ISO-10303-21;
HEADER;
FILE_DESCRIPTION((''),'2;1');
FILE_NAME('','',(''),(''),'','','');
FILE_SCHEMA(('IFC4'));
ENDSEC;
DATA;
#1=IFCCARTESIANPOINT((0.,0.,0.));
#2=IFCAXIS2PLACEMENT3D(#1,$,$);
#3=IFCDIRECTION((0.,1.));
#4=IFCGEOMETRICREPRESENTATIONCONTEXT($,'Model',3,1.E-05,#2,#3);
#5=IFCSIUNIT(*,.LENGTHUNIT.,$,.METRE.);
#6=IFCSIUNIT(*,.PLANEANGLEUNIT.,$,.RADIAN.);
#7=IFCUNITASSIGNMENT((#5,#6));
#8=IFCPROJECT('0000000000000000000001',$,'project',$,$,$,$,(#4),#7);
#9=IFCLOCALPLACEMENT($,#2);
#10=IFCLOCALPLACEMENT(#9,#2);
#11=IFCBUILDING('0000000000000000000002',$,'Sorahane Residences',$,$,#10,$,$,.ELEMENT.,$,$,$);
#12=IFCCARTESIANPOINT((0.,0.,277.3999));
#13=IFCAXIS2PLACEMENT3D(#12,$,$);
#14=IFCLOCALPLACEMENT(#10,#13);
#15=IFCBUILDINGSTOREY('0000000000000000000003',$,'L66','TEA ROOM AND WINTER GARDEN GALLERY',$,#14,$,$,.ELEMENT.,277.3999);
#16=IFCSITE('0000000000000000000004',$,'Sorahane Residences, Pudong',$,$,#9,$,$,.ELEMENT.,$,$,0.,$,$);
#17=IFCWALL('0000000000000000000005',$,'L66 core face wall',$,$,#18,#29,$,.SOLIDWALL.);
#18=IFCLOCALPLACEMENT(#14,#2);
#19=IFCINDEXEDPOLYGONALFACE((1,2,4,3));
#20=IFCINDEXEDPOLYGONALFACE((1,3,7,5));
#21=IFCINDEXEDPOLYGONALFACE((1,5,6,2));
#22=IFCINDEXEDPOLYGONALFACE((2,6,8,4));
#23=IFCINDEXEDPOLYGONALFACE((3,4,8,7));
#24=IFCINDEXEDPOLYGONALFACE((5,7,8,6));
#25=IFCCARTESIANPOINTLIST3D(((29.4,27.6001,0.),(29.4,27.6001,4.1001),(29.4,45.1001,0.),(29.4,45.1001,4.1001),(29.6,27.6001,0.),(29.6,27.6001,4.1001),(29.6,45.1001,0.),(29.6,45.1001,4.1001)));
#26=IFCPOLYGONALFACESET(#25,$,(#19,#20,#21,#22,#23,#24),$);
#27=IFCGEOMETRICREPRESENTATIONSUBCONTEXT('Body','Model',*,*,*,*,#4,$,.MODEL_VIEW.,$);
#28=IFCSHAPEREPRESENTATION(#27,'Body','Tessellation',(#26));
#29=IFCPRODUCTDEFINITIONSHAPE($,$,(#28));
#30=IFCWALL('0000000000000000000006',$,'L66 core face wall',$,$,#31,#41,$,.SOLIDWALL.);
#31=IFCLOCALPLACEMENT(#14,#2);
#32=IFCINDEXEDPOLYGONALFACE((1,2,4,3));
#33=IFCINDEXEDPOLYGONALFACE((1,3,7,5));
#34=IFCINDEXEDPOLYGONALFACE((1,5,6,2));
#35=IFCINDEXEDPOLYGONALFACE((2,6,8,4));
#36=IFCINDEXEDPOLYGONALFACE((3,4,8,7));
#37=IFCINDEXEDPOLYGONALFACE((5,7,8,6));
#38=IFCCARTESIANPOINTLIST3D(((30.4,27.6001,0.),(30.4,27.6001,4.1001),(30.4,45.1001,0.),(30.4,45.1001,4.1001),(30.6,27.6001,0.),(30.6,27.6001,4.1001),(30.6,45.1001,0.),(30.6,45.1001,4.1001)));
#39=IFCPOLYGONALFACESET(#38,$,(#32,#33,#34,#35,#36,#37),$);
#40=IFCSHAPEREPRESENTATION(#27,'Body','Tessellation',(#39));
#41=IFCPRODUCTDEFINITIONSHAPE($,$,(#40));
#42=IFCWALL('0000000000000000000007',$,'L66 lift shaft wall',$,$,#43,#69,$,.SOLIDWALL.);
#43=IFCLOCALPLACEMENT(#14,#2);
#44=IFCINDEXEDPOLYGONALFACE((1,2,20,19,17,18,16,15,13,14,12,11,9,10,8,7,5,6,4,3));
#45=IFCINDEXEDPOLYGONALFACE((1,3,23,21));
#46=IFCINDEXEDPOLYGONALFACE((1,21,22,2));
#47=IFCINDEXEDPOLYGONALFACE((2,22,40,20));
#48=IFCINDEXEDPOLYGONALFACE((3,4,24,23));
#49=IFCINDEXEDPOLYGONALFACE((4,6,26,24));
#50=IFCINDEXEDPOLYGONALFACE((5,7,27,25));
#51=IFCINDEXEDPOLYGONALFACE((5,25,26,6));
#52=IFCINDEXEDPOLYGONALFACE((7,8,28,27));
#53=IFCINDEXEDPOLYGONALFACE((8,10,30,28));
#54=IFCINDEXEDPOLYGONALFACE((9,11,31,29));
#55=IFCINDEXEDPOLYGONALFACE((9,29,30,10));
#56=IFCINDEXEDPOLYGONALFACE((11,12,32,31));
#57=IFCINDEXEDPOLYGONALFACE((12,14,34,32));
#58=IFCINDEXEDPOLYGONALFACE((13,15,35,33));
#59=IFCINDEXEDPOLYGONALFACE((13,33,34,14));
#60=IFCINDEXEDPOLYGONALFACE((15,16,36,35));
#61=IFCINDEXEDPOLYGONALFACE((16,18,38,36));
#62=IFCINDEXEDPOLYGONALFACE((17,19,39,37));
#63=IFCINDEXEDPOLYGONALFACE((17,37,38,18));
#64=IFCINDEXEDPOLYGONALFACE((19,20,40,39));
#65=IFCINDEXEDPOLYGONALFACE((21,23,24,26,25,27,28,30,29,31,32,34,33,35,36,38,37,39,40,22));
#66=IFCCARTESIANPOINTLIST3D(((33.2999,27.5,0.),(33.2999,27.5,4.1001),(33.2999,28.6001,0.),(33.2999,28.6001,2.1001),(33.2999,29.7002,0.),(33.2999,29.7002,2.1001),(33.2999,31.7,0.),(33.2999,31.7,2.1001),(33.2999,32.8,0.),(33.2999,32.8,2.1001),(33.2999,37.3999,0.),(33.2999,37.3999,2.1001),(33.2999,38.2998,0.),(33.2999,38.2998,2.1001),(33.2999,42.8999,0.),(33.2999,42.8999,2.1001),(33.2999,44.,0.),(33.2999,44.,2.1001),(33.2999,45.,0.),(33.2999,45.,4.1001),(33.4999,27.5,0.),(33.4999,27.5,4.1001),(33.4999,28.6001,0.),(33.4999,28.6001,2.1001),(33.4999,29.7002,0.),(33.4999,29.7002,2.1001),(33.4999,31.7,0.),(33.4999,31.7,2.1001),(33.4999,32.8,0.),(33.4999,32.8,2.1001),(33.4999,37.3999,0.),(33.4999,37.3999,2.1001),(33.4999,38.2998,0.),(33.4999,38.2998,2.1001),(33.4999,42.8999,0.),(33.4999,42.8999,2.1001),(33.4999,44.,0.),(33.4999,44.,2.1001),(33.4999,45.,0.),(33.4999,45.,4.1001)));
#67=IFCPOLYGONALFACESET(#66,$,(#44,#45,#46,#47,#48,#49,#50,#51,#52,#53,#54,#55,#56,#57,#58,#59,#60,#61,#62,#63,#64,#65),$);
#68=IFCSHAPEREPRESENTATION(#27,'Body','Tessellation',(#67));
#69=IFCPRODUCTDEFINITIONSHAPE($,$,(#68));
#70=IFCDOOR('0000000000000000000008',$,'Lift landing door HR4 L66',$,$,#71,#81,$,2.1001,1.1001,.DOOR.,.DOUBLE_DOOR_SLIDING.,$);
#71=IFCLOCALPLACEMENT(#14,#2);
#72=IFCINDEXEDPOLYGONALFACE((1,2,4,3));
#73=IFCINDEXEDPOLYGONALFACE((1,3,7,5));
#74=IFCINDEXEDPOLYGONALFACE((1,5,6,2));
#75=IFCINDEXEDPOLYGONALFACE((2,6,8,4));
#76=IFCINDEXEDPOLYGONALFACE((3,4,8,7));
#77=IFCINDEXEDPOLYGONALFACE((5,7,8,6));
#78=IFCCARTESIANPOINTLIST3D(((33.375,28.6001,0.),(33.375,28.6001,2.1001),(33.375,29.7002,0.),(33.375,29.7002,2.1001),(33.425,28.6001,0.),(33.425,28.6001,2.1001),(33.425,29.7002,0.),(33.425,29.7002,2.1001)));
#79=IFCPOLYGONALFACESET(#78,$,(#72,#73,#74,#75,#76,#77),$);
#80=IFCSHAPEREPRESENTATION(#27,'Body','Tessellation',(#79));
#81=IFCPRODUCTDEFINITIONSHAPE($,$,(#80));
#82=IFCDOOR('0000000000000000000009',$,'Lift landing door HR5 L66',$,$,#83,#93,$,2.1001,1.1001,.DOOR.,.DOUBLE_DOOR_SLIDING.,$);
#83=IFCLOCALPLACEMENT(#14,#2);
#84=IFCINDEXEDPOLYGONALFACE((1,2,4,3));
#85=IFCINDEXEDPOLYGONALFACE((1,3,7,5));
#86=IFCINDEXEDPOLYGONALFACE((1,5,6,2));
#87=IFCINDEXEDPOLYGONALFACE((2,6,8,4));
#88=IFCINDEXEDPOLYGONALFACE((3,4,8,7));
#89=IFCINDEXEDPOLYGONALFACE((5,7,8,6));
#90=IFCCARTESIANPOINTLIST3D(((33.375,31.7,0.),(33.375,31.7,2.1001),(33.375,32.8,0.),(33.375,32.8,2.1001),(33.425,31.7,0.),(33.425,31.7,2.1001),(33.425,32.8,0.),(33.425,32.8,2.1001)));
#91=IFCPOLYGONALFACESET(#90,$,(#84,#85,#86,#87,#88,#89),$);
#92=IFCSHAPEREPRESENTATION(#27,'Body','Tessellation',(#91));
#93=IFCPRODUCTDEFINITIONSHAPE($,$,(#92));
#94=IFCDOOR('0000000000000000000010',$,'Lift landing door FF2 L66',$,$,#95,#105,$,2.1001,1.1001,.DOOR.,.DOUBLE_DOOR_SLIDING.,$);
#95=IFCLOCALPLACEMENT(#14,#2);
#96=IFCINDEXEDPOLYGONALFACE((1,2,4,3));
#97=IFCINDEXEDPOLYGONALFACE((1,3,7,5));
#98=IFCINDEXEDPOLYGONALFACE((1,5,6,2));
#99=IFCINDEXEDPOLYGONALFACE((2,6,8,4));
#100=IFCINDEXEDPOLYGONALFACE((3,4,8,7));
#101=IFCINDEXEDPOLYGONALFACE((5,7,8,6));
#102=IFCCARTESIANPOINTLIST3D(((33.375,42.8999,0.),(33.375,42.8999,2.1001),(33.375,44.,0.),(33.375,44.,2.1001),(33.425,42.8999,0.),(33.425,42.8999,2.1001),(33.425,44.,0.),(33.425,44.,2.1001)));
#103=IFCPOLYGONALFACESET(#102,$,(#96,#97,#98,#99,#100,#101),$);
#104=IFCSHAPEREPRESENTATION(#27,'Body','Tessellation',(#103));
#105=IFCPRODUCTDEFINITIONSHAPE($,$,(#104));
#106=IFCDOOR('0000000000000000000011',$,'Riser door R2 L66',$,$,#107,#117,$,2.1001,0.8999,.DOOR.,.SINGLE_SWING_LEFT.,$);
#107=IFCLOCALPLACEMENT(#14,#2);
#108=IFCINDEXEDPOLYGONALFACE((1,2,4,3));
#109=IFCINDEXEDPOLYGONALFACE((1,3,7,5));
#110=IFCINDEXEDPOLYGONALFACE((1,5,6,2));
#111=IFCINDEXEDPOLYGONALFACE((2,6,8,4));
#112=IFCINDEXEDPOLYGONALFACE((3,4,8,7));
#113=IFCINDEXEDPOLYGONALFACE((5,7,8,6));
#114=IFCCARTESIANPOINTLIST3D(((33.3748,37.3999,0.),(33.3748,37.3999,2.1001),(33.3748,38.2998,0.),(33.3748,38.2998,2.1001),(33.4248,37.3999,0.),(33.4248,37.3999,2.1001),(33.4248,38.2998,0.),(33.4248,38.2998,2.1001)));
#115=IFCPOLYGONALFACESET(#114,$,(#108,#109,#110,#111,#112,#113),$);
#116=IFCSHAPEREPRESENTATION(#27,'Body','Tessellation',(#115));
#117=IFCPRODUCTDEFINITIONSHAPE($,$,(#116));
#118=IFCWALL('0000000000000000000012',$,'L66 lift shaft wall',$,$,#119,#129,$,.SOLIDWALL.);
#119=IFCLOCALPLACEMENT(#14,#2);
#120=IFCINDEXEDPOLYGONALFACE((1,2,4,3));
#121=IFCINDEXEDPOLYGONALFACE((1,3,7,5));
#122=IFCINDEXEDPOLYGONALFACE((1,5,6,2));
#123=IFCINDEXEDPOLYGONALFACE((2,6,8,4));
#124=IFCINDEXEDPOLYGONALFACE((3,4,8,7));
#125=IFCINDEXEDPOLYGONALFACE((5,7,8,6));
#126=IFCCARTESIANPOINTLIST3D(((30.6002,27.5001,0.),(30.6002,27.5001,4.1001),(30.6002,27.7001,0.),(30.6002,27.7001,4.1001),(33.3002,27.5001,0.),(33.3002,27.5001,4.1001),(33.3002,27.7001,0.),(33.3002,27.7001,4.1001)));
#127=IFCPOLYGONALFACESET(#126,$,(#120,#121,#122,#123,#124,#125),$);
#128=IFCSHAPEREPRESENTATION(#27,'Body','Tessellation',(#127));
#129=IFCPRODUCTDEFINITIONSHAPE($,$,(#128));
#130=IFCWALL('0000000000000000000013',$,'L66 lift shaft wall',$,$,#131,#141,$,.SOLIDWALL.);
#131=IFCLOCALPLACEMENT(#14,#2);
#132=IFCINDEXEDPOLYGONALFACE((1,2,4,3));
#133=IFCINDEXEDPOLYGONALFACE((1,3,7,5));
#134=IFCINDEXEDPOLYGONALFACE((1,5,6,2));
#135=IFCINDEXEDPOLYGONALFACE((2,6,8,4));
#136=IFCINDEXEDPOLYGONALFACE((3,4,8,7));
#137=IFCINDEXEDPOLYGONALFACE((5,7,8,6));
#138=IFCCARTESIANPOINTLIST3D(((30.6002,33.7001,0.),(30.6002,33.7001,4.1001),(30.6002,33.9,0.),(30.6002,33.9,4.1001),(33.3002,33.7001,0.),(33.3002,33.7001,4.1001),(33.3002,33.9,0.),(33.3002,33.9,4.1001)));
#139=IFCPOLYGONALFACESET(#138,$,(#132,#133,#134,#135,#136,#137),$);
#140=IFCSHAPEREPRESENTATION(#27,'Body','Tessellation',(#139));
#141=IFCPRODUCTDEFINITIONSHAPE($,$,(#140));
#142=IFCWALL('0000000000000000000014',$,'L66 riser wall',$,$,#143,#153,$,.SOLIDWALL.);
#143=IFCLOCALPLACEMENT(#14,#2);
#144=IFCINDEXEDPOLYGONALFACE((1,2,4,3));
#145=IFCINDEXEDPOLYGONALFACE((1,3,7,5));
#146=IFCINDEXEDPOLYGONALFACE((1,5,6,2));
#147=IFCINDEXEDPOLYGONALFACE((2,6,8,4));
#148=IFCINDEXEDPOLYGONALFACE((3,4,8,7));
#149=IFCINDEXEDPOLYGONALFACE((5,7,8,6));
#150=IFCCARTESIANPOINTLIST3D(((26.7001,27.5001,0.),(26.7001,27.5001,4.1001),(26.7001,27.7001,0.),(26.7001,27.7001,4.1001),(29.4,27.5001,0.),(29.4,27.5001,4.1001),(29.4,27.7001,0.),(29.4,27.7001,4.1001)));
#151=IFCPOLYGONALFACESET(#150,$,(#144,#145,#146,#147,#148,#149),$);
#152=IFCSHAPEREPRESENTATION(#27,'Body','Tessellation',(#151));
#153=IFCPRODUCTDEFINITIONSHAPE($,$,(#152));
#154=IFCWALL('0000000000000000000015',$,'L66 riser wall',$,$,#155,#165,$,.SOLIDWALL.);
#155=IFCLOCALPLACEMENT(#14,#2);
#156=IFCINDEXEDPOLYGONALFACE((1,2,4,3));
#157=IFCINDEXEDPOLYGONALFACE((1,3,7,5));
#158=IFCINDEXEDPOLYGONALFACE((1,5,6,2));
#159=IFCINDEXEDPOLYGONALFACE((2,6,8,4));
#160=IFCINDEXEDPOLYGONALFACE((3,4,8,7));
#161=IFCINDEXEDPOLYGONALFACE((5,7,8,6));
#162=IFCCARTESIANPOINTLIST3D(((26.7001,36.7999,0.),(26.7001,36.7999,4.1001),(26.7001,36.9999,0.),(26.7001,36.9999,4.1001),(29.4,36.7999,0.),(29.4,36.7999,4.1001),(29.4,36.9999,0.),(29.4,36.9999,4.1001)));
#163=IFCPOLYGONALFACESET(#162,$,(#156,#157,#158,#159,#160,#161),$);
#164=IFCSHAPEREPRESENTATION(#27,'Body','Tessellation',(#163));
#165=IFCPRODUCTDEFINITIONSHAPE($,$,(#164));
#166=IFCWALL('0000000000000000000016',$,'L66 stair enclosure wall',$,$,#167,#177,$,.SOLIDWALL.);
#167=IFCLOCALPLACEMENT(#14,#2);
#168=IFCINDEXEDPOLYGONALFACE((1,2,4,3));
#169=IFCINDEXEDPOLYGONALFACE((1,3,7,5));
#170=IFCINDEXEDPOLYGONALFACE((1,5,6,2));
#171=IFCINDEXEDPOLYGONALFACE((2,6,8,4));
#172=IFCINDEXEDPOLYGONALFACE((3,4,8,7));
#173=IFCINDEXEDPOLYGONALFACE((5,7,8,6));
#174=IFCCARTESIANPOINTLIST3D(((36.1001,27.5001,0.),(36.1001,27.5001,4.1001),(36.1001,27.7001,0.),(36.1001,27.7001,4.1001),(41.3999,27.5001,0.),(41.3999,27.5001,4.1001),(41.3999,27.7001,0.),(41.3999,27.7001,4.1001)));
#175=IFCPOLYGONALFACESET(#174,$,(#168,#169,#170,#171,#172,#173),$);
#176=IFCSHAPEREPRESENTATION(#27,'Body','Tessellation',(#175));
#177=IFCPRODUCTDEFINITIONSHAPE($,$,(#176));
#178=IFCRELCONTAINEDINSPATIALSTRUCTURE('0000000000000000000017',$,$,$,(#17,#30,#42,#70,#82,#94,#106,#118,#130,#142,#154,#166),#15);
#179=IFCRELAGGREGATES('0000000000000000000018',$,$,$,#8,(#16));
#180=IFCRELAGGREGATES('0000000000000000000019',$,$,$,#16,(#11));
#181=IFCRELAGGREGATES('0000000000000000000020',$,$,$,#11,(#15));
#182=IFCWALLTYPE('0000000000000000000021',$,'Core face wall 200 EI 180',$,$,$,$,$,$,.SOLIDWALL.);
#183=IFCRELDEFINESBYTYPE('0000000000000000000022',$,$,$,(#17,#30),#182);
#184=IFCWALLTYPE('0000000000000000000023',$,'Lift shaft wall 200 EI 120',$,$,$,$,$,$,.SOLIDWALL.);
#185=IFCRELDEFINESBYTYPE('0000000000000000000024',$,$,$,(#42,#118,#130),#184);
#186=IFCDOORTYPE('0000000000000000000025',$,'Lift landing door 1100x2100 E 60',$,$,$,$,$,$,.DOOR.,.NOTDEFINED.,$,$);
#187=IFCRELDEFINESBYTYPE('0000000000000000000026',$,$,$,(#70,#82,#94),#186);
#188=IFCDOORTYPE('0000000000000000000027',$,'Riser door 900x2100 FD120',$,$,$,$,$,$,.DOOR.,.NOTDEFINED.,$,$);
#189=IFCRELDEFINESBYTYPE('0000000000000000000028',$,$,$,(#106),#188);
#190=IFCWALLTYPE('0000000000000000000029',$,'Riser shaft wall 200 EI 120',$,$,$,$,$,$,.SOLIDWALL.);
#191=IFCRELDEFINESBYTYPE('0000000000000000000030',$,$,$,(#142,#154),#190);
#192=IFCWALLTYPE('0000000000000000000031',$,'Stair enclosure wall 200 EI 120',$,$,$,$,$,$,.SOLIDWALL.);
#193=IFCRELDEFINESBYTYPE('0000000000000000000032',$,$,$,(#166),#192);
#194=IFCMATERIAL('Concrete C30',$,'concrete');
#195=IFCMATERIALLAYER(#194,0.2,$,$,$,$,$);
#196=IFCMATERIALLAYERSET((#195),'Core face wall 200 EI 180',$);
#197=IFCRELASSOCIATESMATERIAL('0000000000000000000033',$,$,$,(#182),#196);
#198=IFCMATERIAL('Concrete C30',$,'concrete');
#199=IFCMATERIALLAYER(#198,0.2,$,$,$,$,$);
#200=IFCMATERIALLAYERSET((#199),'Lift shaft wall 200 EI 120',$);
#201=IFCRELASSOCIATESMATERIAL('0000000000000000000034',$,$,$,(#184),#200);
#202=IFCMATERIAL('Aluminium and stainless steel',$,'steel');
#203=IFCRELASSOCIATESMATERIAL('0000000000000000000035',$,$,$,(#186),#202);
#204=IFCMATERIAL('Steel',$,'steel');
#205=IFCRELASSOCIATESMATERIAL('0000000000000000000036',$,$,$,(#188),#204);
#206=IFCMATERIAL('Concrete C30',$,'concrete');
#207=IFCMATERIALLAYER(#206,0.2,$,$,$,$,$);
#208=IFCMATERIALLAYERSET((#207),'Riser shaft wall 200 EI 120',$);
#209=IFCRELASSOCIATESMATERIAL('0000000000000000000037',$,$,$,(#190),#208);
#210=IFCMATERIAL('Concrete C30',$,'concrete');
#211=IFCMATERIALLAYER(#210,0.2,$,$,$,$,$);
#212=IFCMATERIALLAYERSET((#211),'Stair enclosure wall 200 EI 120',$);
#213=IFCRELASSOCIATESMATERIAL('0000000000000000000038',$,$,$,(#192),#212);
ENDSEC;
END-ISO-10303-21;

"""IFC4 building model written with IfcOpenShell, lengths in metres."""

from ifc_helpers import new_model, si_unit, direction, frame, frame_2d, origin, place, context, subcontext, project, spatial, rectangle, extrude, material, layer, layer_set, type_object, element, fill, save


model = new_model("IFC4")

# Units and contexts
model_context = context("Model", 3, precision=1e-05, world=origin(), true_north=direction((0.0, 1.0)))
body_context = subcontext(model_context, "Body", "Model", "MODEL_VIEW")
ifc_project = project(units=[si_unit("LENGTHUNIT", "METRE"), si_unit("PLANEANGLEUNIT", "RADIAN")], contexts=[model_context])

# Site, building, storey
site_placement = place(None, origin())
site = spatial("IfcSite", under=ifc_project, at=site_placement, Name="Sorahane Residences, Pudong", CompositionType="ELEMENT", RefElevation=0.0)
building_placement = place(site_placement, origin())
building = spatial("IfcBuilding", under=site, at=building_placement, Name="Sorahane Residences", CompositionType="ELEMENT")
storey_placement = place(building_placement, frame((0.0, 0.0, 277.3999)))
storey = spatial("IfcBuildingStorey", under=building, at=storey_placement, Name="L66", Description="TEA ROOM AND WINTER GARDEN GALLERY", CompositionType="ELEMENT", Elevation=277.3999)

# Walls
ifc_material_1 = material(Name="Concrete C30", Category="concrete")
ifc_layer_1 = layer(ifc_material_1, 0.2)
ifc_layer_set_1 = layer_set([ifc_layer_1], Name="Core face wall 200 EI 180")
wall_type_1 = type_object("IfcWallType", Name="Core face wall 200 EI 180", PredefinedType="SOLIDWALL", material=ifc_layer_set_1)
for number, where, z_axis, x_axis, name in (
    (1, (29.5, 27.6001, 0.0), (0.0, 0.0, 1.0), (0.0, 1.0, 0.0), "L66 core face wall"),
    (2, (30.5, 27.6001, 0.0), (0.0, 0.0, 1.0), (0.0, 1.0, 0.0), "L66 core face wall"),
):
    element("IfcWall", number, at=place(storey_placement, frame(where, z_axis=z_axis, x_axis=x_axis)), inside=storey, type_object=wall_type_1, Name=name, PredefinedType="SOLIDWALL", context=body_context, shape_type="SweptSolid", body=[
        extrude(rectangle(XDim=17.5, YDim=0.2, at=frame_2d((8.75, 0.0))), origin(), (0.0, 0.0, 1.0), 4.1001),
    ])

# Wall, openings, doors
ifc_material_2 = material(Name="Concrete C30", Category="concrete")
ifc_layer_2 = layer(ifc_material_2, 0.2)
ifc_layer_set_2 = layer_set([ifc_layer_2], Name="Lift shaft wall 200 EI 120")
wall_type_2 = type_object("IfcWallType", Name="Lift shaft wall 200 EI 120", PredefinedType="SOLIDWALL", material=ifc_layer_set_2)
wall_1_placement = place(storey_placement, frame((33.3999, 27.5, 0.0), z_axis=(0.0, 0.0, 1.0), x_axis=(0.0, 1.0, 0.0)))
wall_1 = element("IfcWall", 3, at=wall_1_placement, inside=storey, type_object=wall_type_2, Name="L66 lift shaft wall", PredefinedType="SOLIDWALL", context=body_context, shape_type="SweptSolid", body=[
    extrude(rectangle(XDim=17.5, YDim=0.2, at=frame_2d((8.75, 0.0))), origin(), (0.0, 0.0, 1.0), 4.1001),
])
opening_1_placement = place(wall_1_placement, frame((1.1001, 0.0, 0.0)))
opening_1 = element("IfcOpeningElement", 4, at=opening_1_placement, cuts=wall_1, PredefinedType="OPENING", context=body_context, shape_type="SweptSolid", body=[
    extrude(rectangle(XDim=1.1001, YDim=2.1001, at=frame_2d((0.55, 1.05))), frame((0.0, 0.1099, 0.0), z_axis=(0.0, -1.0, 0.0), x_axis=(1.0, 0.0, 0.0)), (0.0, 0.0, 1.0), 0.22),
])
opening_2_placement = place(wall_1_placement, frame((4.2, 0.0, 0.0)))
opening_2 = element("IfcOpeningElement", 5, at=opening_2_placement, cuts=wall_1, PredefinedType="OPENING", context=body_context, shape_type="SweptSolid", body=[
    extrude(rectangle(XDim=1.1001, YDim=2.1001, at=frame_2d((0.55, 1.05))), frame((0.0, 0.1099, 0.0), z_axis=(0.0, -1.0, 0.0), x_axis=(1.0, 0.0, 0.0)), (0.0, 0.0, 1.0), 0.22),
])
opening_3_placement = place(wall_1_placement, frame((15.3999, 0.0, 0.0)))
opening_3 = element("IfcOpeningElement", 6, at=opening_3_placement, cuts=wall_1, PredefinedType="OPENING", context=body_context, shape_type="SweptSolid", body=[
    extrude(rectangle(XDim=1.1001, YDim=2.1001, at=frame_2d((0.55, 1.05))), frame((0.0, 0.1099, 0.0), z_axis=(0.0, -1.0, 0.0), x_axis=(1.0, 0.0, 0.0)), (0.0, 0.0, 1.0), 0.22),
])
opening_4_placement = place(wall_1_placement, frame((9.8999, 0.0, 0.0)))
opening_4 = element("IfcOpeningElement", 7, at=opening_4_placement, cuts=wall_1, PredefinedType="OPENING", context=body_context, shape_type="SweptSolid", body=[
    extrude(rectangle(XDim=0.8999, YDim=2.1001, at=frame_2d((0.45, 1.05))), frame((0.0, 0.1099, 0.0), z_axis=(0.0, -1.0, 0.0), x_axis=(1.0, 0.0, 0.0)), (0.0, 0.0, 1.0), 0.22),
])
ifc_material_3 = material(Name="Aluminium and stainless steel", Category="steel")
door_type_1 = type_object("IfcDoorType", Name="Lift landing door 1100x2100 E 60", OperationType="NOTDEFINED", PredefinedType="DOOR", material=ifc_material_3)
door_1_placement = place(opening_1_placement, origin())
door_1 = element("IfcDoor", 8, at=door_1_placement, inside=storey, type_object=door_type_1, Name="Lift landing door HR4 L66", OperationType="DOUBLE_DOOR_SLIDING", OverallHeight=2.1001, OverallWidth=1.1001, PredefinedType="DOOR", context=body_context, shape_type="SweptSolid", body=[
    extrude(rectangle(XDim=1.1001, YDim=2.1001, at=frame_2d((0.55, 1.05))), frame((0.0, 0.0249, 0.0), z_axis=(0.0, -1.0, 0.0), x_axis=(1.0, 0.0, 0.0)), (0.0, 0.0, 1.0), 0.05),
])
fill(opening_1, door_1)
door_2_placement = place(opening_2_placement, origin())
door_2 = element("IfcDoor", 9, at=door_2_placement, inside=storey, type_object=door_type_1, Name="Lift landing door HR5 L66", OperationType="DOUBLE_DOOR_SLIDING", OverallHeight=2.1001, OverallWidth=1.1001, PredefinedType="DOOR", context=body_context, shape_type="SweptSolid", body=[
    extrude(rectangle(XDim=1.1001, YDim=2.1001, at=frame_2d((0.55, 1.05))), frame((0.0, 0.0249, 0.0), z_axis=(0.0, -1.0, 0.0), x_axis=(1.0, 0.0, 0.0)), (0.0, 0.0, 1.0), 0.05),
])
fill(opening_2, door_2)
door_3_placement = place(opening_3_placement, origin())
door_3 = element("IfcDoor", 10, at=door_3_placement, inside=storey, type_object=door_type_1, Name="Lift landing door FF2 L66", OperationType="DOUBLE_DOOR_SLIDING", OverallHeight=2.1001, OverallWidth=1.1001, PredefinedType="DOOR", context=body_context, shape_type="SweptSolid", body=[
    extrude(rectangle(XDim=1.1001, YDim=2.1001, at=frame_2d((0.55, 1.05))), frame((0.0, 0.0249, 0.0), z_axis=(0.0, -1.0, 0.0), x_axis=(1.0, 0.0, 0.0)), (0.0, 0.0, 1.0), 0.05),
])
fill(opening_3, door_3)
ifc_material_4 = material(Name="Steel", Category="steel")
door_type_2 = type_object("IfcDoorType", Name="Riser door 900x2100 FD120", OperationType="NOTDEFINED", PredefinedType="DOOR", material=ifc_material_4)
door_4_placement = place(opening_4_placement, frame((0.8999, 0.0, 0.0), z_axis=(0.0, 0.0, 1.0), x_axis=(-1.0, 0.0, 0.0)))
door_4 = element("IfcDoor", 11, at=door_4_placement, inside=storey, type_object=door_type_2, Name="Riser door R2 L66", OperationType="SINGLE_SWING_LEFT", OverallHeight=2.1001, OverallWidth=0.8999, PredefinedType="DOOR", context=body_context, shape_type="SweptSolid", body=[
    extrude(rectangle(XDim=0.8999, YDim=2.1001, at=frame_2d((0.45, 1.05))), frame((0.0, 0.0249, 0.0), z_axis=(0.0, -1.0, 0.0), x_axis=(1.0, 0.0, 0.0)), (0.0, 0.0, 1.0), 0.05),
])
fill(opening_4, door_4)

# Walls
for number, where, z_axis, x_axis, name in (
    (12, (30.6001, 27.6001, 0.0), (0.0, 0.0, 1.0), (1.0, 0.0, 0.0), "L66 lift shaft wall"),
    (13, (30.6001, 33.8, 0.0), (0.0, 0.0, 1.0), (1.0, 0.0, 0.0), "L66 lift shaft wall"),
):
    element("IfcWall", number, at=place(storey_placement, frame(where, z_axis=z_axis, x_axis=x_axis)), inside=storey, type_object=wall_type_2, Name=name, PredefinedType="SOLIDWALL", context=body_context, shape_type="SweptSolid", body=[
        extrude(rectangle(XDim=2.7, YDim=0.2, at=frame_2d((1.3501, 0.0))), origin(), (0.0, 0.0, 1.0), 4.1001),
    ])
ifc_material_5 = material(Name="Concrete C30", Category="concrete")
ifc_layer_3 = layer(ifc_material_5, 0.2)
ifc_layer_set_3 = layer_set([ifc_layer_3], Name="Riser shaft wall 200 EI 120")
wall_type_3 = type_object("IfcWallType", Name="Riser shaft wall 200 EI 120", PredefinedType="SOLIDWALL", material=ifc_layer_set_3)
for number, where, z_axis, x_axis, name in (
    (14, (26.7, 27.6001, 0.0), (0.0, 0.0, 1.0), (1.0, 0.0, 0.0), "L66 riser wall"),
    (15, (26.7, 36.8999, 0.0), (0.0, 0.0, 1.0), (1.0, 0.0, 0.0), "L66 riser wall"),
):
    element("IfcWall", number, at=place(storey_placement, frame(where, z_axis=z_axis, x_axis=x_axis)), inside=storey, type_object=wall_type_3, Name=name, PredefinedType="SOLIDWALL", context=body_context, shape_type="SweptSolid", body=[
        extrude(rectangle(XDim=2.7, YDim=0.2, at=frame_2d((1.3501, 0.0))), origin(), (0.0, 0.0, 1.0), 4.1001),
    ])
ifc_material_6 = material(Name="Concrete C30", Category="concrete")
ifc_layer_4 = layer(ifc_material_6, 0.2)
ifc_layer_set_4 = layer_set([ifc_layer_4], Name="Stair enclosure wall 200 EI 120")
wall_type_4 = type_object("IfcWallType", Name="Stair enclosure wall 200 EI 120", PredefinedType="SOLIDWALL", material=ifc_layer_set_4)
wall_2_placement = place(storey_placement, frame((36.1001, 27.6001, 0.0), z_axis=(0.0, 0.0, 1.0), x_axis=(1.0, 0.0, 0.0)))
element("IfcWall", 16, at=wall_2_placement, inside=storey, type_object=wall_type_4, Name="L66 stair enclosure wall", PredefinedType="SOLIDWALL", context=body_context, shape_type="SweptSolid", body=[
    extrude(rectangle(XDim=5.2998, YDim=0.2, at=frame_2d((2.6499, 0.0))), origin(), (0.0, 0.0, 1.0), 4.1001),
])

save(model, "model.ifc")
